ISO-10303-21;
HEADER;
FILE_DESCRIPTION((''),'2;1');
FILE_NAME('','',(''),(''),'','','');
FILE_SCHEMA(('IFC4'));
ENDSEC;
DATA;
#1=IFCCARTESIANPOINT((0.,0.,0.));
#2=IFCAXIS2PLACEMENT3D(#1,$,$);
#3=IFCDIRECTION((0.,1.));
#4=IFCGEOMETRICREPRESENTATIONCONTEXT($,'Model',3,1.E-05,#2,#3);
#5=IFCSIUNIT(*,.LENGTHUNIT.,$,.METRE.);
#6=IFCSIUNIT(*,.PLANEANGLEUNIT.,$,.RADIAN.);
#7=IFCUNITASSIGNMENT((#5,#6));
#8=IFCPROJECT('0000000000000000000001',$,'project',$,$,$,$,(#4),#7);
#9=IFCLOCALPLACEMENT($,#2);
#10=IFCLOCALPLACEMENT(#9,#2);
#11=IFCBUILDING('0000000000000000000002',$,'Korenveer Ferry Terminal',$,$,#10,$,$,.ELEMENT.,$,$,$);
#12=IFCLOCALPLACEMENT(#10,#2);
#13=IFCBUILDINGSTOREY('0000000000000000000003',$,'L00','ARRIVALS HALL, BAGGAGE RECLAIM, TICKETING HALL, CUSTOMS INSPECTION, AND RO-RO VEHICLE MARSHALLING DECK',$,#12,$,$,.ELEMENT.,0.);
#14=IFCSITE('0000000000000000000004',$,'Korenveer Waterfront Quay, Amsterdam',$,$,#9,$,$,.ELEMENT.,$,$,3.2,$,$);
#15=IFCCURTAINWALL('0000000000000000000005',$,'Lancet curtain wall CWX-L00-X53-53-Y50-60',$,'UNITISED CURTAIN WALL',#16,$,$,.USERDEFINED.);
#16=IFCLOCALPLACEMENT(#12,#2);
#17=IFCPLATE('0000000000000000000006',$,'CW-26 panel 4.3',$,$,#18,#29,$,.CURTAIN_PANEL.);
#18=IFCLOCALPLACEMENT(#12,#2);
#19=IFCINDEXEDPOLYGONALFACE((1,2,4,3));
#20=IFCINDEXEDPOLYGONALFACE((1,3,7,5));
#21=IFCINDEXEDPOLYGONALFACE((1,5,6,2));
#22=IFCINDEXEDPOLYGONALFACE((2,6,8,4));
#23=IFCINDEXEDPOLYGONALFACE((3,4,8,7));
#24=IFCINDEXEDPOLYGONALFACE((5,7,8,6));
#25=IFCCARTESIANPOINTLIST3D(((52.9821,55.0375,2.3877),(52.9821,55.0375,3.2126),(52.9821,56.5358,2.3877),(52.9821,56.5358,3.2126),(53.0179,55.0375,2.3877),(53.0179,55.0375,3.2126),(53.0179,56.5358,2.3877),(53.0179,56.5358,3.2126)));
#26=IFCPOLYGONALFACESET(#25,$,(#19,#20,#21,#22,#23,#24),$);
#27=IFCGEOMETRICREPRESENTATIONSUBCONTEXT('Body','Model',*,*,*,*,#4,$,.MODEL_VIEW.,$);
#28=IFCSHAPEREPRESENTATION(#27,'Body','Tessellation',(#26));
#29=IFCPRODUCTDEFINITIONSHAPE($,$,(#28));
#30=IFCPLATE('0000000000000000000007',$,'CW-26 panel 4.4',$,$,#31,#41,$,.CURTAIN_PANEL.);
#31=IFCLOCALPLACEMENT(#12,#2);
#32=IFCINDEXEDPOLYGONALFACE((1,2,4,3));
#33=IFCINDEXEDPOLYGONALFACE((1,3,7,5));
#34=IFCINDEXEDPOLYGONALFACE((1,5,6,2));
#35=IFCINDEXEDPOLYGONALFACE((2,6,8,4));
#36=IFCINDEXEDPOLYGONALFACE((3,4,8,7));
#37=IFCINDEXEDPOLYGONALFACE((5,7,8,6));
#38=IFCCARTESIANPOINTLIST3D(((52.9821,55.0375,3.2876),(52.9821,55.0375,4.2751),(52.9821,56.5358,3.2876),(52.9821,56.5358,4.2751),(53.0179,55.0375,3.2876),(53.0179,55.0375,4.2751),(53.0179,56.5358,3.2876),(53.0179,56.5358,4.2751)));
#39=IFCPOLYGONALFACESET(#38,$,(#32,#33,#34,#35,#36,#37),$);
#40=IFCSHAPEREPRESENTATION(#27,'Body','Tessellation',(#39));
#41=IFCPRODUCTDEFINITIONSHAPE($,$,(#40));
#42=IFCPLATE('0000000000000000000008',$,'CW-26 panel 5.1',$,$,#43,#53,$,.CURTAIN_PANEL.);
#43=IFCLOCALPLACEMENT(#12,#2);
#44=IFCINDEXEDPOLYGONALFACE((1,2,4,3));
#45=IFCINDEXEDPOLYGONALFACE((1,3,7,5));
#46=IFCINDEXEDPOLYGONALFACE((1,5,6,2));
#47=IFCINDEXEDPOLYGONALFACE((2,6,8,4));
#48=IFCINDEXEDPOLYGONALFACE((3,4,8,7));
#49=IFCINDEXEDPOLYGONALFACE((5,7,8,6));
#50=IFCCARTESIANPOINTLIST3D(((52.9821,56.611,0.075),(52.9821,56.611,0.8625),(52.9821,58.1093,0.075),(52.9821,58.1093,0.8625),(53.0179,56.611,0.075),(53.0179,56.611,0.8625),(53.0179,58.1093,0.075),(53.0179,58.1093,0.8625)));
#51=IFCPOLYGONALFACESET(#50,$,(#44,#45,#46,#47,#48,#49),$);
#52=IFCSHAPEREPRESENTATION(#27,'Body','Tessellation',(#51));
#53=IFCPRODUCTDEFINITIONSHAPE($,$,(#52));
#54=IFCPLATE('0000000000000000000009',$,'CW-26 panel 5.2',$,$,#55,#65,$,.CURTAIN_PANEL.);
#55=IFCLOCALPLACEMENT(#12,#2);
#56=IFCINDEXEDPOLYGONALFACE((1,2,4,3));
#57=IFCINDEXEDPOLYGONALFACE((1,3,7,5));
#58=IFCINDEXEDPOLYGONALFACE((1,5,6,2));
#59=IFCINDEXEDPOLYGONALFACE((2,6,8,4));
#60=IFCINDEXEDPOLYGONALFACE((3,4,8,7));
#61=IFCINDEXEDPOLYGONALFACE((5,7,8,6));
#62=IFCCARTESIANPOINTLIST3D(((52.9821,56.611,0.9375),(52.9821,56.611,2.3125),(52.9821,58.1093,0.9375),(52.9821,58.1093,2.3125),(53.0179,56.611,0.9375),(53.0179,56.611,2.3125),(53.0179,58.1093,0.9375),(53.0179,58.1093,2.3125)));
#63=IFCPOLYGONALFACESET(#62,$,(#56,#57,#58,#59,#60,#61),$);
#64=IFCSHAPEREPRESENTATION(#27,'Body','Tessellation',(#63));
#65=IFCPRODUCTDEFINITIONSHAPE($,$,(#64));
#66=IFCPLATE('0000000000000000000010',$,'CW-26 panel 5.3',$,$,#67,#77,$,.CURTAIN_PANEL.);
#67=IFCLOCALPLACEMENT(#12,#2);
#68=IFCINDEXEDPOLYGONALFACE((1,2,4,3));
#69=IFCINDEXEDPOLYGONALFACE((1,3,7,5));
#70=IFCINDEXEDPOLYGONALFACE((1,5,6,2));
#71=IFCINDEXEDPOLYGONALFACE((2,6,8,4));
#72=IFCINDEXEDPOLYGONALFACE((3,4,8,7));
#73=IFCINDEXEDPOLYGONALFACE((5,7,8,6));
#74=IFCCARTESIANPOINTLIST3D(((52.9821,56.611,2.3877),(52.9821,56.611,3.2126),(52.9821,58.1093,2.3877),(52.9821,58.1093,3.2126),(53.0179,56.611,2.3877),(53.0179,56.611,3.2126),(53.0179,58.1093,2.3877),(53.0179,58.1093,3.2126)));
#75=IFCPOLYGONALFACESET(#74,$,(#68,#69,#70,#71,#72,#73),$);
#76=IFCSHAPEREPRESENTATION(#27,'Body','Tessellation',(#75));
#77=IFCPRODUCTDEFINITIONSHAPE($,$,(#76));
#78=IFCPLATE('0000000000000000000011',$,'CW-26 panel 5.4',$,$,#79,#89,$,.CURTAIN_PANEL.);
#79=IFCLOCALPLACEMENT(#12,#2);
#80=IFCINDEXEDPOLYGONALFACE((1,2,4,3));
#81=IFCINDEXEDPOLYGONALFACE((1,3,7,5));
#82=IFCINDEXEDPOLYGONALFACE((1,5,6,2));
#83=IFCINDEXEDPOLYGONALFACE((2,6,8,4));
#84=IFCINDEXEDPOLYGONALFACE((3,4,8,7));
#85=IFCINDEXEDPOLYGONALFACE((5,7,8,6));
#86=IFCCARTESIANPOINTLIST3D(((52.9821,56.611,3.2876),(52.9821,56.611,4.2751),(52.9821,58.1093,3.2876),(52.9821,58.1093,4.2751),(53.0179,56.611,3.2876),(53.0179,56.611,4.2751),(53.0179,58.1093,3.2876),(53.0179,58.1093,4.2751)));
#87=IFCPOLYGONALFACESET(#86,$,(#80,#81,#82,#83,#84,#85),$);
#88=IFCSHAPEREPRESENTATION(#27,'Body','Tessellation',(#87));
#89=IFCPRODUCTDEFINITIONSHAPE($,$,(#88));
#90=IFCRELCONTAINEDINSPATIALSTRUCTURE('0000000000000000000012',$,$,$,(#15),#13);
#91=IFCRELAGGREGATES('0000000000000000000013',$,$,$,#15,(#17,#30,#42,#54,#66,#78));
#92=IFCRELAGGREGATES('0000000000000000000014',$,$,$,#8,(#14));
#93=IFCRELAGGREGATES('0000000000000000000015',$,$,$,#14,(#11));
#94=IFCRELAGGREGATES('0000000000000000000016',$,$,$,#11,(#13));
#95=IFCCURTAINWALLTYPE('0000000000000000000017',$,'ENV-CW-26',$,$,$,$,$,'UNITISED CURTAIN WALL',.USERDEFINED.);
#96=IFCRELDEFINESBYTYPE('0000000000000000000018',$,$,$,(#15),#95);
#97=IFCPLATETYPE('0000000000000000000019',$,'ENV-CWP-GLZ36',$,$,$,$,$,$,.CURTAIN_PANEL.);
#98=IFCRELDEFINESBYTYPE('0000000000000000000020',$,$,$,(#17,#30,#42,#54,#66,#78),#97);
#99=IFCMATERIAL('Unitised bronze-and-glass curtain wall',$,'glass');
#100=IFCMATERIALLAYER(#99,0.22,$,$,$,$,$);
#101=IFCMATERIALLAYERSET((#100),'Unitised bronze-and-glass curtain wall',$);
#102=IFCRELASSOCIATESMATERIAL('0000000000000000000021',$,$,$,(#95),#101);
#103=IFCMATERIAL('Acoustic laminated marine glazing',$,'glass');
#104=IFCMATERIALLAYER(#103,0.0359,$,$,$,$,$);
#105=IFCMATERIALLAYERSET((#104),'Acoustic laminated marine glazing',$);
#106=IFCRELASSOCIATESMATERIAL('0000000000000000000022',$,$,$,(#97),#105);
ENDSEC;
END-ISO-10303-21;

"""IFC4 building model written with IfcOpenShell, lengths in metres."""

from ifc_helpers import new_model, si_unit, direction, frame, origin, origin_2d, place, context, subcontext, project, spatial, rectangle, extrude, material, layer, layer_set, type_object, element, aggregate, save


model = new_model("IFC4")

# Units and contexts
model_context = context("Model", 3, precision=1e-05, world=origin(), true_north=direction((0.0, 1.0)))
body_context = subcontext(model_context, "Body", "Model", "MODEL_VIEW")
ifc_project = project(units=[si_unit("LENGTHUNIT", "METRE"), si_unit("PLANEANGLEUNIT", "RADIAN")], contexts=[model_context])

# Site, building, storey
site_placement = place(None, origin())
site = spatial("IfcSite", under=ifc_project, at=site_placement, Name="Korenveer Waterfront Quay, Amsterdam", CompositionType="ELEMENT", RefElevation=3.2)
building_placement = place(site_placement, origin())
building = spatial("IfcBuilding", under=site, at=building_placement, Name="Korenveer Ferry Terminal", CompositionType="ELEMENT")
storey_placement = place(building_placement, origin())
storey = spatial("IfcBuildingStorey", under=building, at=storey_placement, Name="L00", Description="ARRIVALS HALL, BAGGAGE RECLAIM, TICKETING HALL, CUSTOMS INSPECTION, AND RO-RO VEHICLE MARSHALLING DECK", CompositionType="ELEMENT", Elevation=0.0)

# Curtain wall, plates
ifc_material_1 = material(Name="Unitised bronze-and-glass curtain wall", Category="glass")
ifc_layer_1 = layer(ifc_material_1, 0.22)
ifc_layer_set_1 = layer_set([ifc_layer_1], Name="Unitised bronze-and-glass curtain wall")
curtain_wall_type = type_object("IfcCurtainWallType", Name="ENV-CW-26", ElementType="UNITISED CURTAIN WALL", PredefinedType="USERDEFINED", material=ifc_layer_set_1)
curtain_wall_placement = place(storey_placement, frame((53.0, 50.28, 0.0)))
curtain_wall = element("IfcCurtainWall", 1, at=curtain_wall_placement, inside=storey, type_object=curtain_wall_type, Name="Lancet curtain wall CWX-L00-X53-53-Y50-60", ObjectType="UNITISED CURTAIN WALL", PredefinedType="USERDEFINED")
ifc_material_2 = material(Name="Acoustic laminated marine glazing", Category="glass")
ifc_layer_2 = layer(ifc_material_2, 0.0359)
ifc_layer_set_2 = layer_set([ifc_layer_2], Name="Acoustic laminated marine glazing")
plate_type = type_object("IfcPlateType", Name="ENV-CWP-GLZ36", PredefinedType="CURTAIN_PANEL", material=ifc_layer_set_2)
plate_1_placement = place(storey_placement, frame((53.0, 55.7866, 2.3877), z_axis=(0.0, 0.0, 1.0), x_axis=(0.0, 1.0, 0.0)))
plate_1 = element("IfcPlate", 2, at=plate_1_placement, type_object=plate_type, Name="CW-26 panel 4.3", PredefinedType="CURTAIN_PANEL", context=body_context, shape_type="SweptSolid", body=[
    extrude(rectangle(XDim=1.4983, YDim=0.0359, at=origin_2d()), origin(), (0.0, 0.0, 1.0), 0.825),
])
plate_2_placement = place(storey_placement, frame((53.0, 55.7866, 3.2876), z_axis=(0.0, 0.0, 1.0), x_axis=(0.0, 1.0, 0.0)))
plate_2 = element("IfcPlate", 3, at=plate_2_placement, type_object=plate_type, Name="CW-26 panel 4.4", PredefinedType="CURTAIN_PANEL", context=body_context, shape_type="SweptSolid", body=[
    extrude(rectangle(XDim=1.4983, YDim=0.0359, at=origin_2d()), origin(), (0.0, 0.0, 1.0), 0.9875),
])
plate_3_placement = place(storey_placement, frame((53.0, 57.3601, 0.075), z_axis=(0.0, 0.0, 1.0), x_axis=(0.0, 1.0, 0.0)))
plate_3 = element("IfcPlate", 4, at=plate_3_placement, type_object=plate_type, Name="CW-26 panel 5.1", PredefinedType="CURTAIN_PANEL", context=body_context, shape_type="SweptSolid", body=[
    extrude(rectangle(XDim=1.4983, YDim=0.0359, at=origin_2d()), origin(), (0.0, 0.0, 1.0), 0.7876),
])
plate_4_placement = place(storey_placement, frame((53.0, 57.3601, 0.9375), z_axis=(0.0, 0.0, 1.0), x_axis=(0.0, 1.0, 0.0)))
plate_4 = element("IfcPlate", 5, at=plate_4_placement, type_object=plate_type, Name="CW-26 panel 5.2", PredefinedType="CURTAIN_PANEL", context=body_context, shape_type="SweptSolid", body=[
    extrude(rectangle(XDim=1.4983, YDim=0.0359, at=origin_2d()), origin(), (0.0, 0.0, 1.0), 1.375),
])
plate_5_placement = place(storey_placement, frame((53.0, 57.3601, 2.3877), z_axis=(0.0, 0.0, 1.0), x_axis=(0.0, 1.0, 0.0)))
plate_5 = element("IfcPlate", 6, at=plate_5_placement, type_object=plate_type, Name="CW-26 panel 5.3", PredefinedType="CURTAIN_PANEL", context=body_context, shape_type="SweptSolid", body=[
    extrude(rectangle(XDim=1.4983, YDim=0.0359, at=origin_2d()), origin(), (0.0, 0.0, 1.0), 0.825),
])
plate_6_placement = place(storey_placement, frame((53.0, 57.3601, 3.2876), z_axis=(0.0, 0.0, 1.0), x_axis=(0.0, 1.0, 0.0)))
plate_6 = element("IfcPlate", 7, at=plate_6_placement, type_object=plate_type, Name="CW-26 panel 5.4", PredefinedType="CURTAIN_PANEL", context=body_context, shape_type="SweptSolid", body=[
    extrude(rectangle(XDim=1.4983, YDim=0.0359, at=origin_2d()), origin(), (0.0, 0.0, 1.0), 0.9875),
])
aggregate(curtain_wall, [plate_1, plate_2, plate_3, plate_4, plate_5, plate_6])

save(model, "model.ifc")
